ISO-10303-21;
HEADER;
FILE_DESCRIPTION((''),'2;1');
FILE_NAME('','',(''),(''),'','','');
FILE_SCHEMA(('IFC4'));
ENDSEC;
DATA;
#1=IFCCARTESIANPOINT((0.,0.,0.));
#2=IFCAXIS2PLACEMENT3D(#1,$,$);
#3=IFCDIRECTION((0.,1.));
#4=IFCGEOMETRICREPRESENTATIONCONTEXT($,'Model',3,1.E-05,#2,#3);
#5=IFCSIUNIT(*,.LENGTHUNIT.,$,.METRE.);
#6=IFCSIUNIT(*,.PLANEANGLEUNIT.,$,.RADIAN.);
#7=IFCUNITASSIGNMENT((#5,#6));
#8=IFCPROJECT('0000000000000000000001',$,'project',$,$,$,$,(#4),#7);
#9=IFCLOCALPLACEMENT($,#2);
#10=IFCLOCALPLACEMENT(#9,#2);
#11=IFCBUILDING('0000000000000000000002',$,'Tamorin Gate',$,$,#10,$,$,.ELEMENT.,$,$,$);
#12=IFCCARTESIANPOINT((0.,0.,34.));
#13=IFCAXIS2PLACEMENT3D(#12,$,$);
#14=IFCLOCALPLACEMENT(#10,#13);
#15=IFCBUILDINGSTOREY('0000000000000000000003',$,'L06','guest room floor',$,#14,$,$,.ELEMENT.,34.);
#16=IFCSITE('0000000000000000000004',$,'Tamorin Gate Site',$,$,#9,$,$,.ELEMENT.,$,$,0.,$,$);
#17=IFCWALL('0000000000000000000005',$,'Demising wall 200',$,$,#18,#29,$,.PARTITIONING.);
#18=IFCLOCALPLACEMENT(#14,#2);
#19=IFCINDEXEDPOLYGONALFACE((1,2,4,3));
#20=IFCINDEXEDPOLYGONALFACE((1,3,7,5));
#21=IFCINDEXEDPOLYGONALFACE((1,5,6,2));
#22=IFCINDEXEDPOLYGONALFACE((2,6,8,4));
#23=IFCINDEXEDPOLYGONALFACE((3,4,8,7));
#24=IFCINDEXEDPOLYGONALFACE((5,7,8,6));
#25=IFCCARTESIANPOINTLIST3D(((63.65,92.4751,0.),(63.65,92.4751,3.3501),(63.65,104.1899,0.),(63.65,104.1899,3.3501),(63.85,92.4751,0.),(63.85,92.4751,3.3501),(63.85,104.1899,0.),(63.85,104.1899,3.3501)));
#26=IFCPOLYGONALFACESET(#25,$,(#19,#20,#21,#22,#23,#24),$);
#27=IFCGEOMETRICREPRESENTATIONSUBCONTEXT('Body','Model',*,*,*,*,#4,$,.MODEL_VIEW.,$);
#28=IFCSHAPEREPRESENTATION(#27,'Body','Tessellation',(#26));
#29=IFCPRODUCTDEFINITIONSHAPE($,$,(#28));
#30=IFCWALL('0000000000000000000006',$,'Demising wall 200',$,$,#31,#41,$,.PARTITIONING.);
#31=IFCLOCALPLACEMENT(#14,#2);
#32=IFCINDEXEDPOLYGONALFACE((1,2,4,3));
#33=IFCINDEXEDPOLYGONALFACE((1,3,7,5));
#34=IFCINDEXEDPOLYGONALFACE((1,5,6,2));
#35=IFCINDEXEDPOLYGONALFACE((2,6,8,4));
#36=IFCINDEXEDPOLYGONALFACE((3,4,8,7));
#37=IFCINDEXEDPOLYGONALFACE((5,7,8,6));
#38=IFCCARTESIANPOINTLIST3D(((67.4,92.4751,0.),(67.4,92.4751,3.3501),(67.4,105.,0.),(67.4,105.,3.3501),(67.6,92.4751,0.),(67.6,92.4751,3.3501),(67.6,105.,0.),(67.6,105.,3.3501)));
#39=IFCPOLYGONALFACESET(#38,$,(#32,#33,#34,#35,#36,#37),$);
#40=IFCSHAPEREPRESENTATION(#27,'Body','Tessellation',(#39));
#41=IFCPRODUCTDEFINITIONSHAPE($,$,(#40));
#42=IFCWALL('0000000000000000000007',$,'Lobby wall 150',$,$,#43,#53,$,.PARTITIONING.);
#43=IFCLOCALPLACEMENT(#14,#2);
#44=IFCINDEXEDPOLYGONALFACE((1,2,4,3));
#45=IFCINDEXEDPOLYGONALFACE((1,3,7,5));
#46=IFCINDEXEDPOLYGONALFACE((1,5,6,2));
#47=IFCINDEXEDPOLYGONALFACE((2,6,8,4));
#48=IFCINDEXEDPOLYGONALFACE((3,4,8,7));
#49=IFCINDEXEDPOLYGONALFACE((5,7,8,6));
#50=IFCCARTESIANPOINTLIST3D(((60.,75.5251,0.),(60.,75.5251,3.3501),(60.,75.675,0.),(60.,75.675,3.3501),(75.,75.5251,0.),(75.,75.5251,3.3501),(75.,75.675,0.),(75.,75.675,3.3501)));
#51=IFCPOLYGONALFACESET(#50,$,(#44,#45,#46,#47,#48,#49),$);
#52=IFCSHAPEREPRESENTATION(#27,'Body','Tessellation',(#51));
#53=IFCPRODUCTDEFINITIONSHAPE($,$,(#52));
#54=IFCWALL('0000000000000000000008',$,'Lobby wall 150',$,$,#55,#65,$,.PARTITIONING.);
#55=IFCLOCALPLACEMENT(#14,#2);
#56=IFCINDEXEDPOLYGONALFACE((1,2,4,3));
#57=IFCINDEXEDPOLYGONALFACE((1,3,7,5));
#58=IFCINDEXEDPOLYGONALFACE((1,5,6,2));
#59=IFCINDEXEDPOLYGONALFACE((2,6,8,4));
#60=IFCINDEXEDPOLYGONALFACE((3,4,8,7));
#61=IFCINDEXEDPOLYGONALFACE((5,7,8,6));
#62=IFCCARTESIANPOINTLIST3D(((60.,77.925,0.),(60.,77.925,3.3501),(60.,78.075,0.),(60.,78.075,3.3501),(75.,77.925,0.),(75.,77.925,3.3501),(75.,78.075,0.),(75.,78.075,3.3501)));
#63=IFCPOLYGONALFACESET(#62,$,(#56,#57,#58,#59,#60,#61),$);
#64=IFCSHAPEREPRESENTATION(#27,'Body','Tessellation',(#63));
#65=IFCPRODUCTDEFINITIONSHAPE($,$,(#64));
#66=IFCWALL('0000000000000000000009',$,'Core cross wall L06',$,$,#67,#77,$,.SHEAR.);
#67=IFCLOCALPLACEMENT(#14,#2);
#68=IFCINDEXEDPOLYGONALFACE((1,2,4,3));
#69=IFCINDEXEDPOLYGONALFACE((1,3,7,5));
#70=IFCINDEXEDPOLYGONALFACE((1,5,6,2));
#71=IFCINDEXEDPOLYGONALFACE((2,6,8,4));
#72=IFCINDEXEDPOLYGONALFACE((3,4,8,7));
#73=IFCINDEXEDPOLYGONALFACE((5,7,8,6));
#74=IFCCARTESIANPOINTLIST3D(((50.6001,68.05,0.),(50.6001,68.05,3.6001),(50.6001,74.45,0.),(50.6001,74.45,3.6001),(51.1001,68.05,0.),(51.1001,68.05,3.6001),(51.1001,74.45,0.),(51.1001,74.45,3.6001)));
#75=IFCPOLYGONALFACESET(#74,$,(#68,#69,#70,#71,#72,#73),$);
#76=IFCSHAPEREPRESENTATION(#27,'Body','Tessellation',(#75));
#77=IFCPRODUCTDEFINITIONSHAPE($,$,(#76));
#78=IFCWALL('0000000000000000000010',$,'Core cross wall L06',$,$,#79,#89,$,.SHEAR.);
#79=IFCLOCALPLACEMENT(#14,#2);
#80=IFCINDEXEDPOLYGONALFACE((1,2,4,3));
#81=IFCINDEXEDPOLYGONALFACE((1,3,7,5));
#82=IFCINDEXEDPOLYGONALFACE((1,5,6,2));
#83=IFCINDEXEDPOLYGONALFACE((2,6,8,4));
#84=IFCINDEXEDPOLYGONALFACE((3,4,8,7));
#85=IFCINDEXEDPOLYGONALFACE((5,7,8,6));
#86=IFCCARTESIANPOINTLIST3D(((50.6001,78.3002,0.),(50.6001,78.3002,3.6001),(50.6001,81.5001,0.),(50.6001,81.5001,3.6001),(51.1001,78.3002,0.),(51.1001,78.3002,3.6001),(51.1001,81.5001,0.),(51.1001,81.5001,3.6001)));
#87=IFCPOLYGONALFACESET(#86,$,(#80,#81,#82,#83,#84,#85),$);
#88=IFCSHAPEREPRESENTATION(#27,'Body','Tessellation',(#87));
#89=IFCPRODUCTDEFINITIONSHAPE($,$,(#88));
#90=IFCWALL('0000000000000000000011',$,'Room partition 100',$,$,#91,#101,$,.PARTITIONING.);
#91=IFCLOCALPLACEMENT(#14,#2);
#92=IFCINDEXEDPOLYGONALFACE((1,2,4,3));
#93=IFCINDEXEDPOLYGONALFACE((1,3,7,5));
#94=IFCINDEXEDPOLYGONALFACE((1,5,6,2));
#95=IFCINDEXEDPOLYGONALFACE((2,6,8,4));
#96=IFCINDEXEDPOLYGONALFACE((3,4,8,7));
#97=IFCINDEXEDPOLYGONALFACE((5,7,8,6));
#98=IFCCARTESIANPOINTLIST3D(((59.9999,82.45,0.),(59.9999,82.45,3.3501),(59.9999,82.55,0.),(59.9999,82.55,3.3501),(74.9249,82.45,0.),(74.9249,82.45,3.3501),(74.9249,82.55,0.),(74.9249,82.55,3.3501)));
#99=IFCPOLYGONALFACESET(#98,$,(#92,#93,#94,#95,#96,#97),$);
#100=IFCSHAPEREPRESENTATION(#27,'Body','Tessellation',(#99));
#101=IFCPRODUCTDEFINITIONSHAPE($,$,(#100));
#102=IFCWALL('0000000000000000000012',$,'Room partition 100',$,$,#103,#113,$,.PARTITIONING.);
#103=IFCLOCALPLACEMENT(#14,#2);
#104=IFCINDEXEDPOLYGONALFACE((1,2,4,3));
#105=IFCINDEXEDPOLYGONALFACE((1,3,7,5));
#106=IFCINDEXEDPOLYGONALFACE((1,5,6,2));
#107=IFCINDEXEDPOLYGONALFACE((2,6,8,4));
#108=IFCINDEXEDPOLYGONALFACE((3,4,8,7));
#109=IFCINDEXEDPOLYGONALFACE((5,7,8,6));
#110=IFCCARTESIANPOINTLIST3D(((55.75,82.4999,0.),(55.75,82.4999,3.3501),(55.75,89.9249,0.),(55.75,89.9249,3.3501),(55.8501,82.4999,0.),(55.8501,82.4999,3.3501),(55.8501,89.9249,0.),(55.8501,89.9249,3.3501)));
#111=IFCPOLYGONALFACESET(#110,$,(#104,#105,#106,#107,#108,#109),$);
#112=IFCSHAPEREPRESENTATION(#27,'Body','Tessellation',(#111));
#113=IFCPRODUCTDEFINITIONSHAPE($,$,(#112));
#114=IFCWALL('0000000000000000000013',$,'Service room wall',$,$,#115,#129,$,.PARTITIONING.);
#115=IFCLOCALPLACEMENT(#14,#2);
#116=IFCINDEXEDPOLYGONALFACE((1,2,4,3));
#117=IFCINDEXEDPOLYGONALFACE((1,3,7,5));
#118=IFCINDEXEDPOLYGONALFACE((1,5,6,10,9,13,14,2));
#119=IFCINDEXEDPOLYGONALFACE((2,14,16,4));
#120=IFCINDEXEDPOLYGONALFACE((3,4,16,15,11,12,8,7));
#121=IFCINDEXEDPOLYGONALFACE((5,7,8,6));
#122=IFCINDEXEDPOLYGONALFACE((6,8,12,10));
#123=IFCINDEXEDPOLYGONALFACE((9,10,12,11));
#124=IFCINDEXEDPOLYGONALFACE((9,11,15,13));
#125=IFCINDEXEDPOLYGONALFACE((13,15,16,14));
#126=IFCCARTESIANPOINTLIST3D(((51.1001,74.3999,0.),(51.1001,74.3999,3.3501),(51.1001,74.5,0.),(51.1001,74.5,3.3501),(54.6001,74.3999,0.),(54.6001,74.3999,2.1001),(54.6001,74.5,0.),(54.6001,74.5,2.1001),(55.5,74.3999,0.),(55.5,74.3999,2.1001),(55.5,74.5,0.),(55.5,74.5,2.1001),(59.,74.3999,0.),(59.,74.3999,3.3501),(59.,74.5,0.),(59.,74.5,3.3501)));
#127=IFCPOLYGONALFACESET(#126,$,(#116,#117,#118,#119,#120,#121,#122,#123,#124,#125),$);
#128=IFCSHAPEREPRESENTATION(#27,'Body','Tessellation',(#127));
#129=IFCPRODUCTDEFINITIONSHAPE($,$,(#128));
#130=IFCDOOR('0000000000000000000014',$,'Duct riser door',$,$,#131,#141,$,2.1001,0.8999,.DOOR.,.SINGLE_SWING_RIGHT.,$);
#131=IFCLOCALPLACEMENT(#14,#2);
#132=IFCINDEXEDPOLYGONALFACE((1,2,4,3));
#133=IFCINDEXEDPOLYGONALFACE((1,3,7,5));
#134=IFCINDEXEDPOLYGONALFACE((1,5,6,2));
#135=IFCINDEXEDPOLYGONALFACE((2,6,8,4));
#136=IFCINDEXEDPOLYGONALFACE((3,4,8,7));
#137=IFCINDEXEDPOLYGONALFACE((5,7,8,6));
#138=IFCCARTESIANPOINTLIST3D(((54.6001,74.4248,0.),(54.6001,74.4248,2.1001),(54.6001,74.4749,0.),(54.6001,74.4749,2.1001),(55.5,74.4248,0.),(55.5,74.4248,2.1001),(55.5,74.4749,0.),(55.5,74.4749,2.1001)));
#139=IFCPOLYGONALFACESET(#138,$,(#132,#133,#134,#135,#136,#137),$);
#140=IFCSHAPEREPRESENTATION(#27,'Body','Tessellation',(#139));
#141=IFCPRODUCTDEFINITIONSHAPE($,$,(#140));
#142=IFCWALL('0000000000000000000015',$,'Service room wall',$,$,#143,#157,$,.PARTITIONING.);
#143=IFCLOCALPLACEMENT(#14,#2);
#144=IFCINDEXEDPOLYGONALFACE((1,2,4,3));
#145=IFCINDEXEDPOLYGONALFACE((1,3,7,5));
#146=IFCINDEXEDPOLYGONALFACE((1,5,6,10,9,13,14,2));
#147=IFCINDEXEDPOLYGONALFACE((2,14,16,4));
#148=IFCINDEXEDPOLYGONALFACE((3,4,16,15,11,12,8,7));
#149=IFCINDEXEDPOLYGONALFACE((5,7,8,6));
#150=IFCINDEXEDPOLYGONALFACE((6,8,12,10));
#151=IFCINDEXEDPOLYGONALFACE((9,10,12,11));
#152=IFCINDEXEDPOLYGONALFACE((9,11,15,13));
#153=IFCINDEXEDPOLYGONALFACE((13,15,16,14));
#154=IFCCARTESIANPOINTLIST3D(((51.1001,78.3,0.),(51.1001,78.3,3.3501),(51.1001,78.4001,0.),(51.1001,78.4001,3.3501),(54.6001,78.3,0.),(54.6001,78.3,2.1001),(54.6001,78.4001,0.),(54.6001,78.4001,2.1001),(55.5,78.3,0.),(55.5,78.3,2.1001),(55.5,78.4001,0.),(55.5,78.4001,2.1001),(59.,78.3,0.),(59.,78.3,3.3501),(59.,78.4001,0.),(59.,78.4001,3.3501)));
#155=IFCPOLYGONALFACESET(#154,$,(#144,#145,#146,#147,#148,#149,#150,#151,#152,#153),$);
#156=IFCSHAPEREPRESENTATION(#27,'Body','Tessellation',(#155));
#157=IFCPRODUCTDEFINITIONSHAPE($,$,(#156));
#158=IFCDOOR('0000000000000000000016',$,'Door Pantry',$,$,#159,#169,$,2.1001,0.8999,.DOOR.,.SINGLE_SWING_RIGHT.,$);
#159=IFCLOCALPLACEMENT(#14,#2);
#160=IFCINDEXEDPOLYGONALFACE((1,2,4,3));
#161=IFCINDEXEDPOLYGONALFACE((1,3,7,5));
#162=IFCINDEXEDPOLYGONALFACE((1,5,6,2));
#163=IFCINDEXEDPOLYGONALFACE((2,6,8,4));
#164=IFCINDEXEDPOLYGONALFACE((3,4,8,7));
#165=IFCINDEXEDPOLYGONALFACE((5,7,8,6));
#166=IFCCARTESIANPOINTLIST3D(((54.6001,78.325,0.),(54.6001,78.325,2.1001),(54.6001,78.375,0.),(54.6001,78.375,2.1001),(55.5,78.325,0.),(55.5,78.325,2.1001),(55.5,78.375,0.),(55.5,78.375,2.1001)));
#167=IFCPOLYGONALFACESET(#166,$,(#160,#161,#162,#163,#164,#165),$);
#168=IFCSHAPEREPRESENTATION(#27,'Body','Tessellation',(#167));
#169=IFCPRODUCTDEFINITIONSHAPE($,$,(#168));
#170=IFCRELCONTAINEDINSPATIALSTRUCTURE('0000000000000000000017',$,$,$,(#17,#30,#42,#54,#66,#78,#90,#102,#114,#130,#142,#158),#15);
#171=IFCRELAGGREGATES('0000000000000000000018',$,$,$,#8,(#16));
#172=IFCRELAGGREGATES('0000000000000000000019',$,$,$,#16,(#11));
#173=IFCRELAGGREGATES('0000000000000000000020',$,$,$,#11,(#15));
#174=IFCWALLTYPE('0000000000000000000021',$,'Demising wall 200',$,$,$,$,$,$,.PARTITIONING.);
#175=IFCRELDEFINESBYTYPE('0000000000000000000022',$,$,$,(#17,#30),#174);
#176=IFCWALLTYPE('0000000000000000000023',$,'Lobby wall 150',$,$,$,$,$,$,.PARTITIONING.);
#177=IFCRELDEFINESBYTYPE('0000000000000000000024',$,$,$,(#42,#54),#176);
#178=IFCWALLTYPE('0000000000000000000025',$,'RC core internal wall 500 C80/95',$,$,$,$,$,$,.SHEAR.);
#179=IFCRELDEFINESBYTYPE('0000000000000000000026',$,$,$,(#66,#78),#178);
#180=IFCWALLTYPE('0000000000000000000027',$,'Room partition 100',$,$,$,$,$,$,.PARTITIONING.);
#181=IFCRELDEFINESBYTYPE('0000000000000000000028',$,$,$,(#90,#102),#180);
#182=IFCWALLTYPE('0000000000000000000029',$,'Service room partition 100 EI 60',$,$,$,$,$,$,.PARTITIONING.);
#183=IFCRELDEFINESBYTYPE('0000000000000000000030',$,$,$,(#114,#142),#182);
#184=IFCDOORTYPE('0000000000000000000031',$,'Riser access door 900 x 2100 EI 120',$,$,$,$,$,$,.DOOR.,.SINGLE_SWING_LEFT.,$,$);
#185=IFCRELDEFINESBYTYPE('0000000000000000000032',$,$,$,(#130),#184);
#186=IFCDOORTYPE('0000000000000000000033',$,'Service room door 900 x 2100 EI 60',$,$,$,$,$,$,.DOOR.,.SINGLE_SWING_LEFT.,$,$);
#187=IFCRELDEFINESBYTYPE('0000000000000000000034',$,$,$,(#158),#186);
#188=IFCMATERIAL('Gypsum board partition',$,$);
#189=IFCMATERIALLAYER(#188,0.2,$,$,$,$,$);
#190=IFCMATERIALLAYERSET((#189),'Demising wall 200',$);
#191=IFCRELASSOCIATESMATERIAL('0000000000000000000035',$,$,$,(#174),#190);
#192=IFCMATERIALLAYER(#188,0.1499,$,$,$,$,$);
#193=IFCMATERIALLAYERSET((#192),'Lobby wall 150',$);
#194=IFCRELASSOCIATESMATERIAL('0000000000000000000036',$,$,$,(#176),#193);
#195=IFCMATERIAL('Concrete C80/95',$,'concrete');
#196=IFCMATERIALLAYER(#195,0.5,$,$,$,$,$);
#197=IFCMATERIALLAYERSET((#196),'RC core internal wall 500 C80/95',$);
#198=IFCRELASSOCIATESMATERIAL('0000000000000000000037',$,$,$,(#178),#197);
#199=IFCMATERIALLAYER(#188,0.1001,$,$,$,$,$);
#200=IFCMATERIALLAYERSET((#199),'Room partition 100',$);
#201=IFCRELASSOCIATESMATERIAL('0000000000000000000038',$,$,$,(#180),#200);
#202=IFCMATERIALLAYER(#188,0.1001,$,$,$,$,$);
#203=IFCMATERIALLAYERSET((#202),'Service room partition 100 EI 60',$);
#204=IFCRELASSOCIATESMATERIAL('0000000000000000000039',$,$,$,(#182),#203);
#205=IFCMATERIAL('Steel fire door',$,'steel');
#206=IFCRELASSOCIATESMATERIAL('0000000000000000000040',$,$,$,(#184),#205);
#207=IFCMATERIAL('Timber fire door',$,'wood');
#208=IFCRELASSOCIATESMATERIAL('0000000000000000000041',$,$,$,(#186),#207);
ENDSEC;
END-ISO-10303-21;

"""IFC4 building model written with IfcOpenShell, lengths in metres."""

from ifc_helpers import new_model, si_unit, direction, frame, frame_2d, origin, place, context, subcontext, project, spatial, rectangle, extrude, material, layer, layer_set, type_object, element, fill, save


model = new_model("IFC4")

# Units and contexts
model_context = context("Model", 3, precision=1e-05, world=origin(), true_north=direction((0.0, 1.0)))
body_context = subcontext(model_context, "Body", "Model", "MODEL_VIEW")
ifc_project = project(units=[si_unit("LENGTHUNIT", "METRE"), si_unit("PLANEANGLEUNIT", "RADIAN")], contexts=[model_context])

# Site, building, storey
site_placement = place(None, origin())
site = spatial("IfcSite", under=ifc_project, at=site_placement, Name="Tamorin Gate Site", CompositionType="ELEMENT", RefElevation=0.0)
building_placement = place(site_placement, origin())
building = spatial("IfcBuilding", under=site, at=building_placement, Name="Tamorin Gate", CompositionType="ELEMENT")
storey_placement = place(building_placement, frame((0.0, 0.0, 34.0)))
storey = spatial("IfcBuildingStorey", under=building, at=storey_placement, Name="L06", Description="guest room floor", CompositionType="ELEMENT", Elevation=34.0)

# Shared definitions
ifc_material_1 = material(Name="Concrete C80/95", Category="concrete")

# Shared definitions
ifc_material_2 = material(Name="Gypsum board partition")

# Walls
ifc_layer_1 = layer(ifc_material_2, 0.2)
ifc_layer_set_1 = layer_set([ifc_layer_1], Name="Demising wall 200")
wall_type_1 = type_object("IfcWallType", Name="Demising wall 200", PredefinedType="PARTITIONING", material=ifc_layer_set_1)
for number, where, z_axis, x_axis, name in (
    (1, (63.75, 92.4751, 0.0), (0.0, 0.0, 1.0), (0.0, 1.0, 0.0), "Demising wall 200"),
):
    element("IfcWall", number, at=place(storey_placement, frame(where, z_axis=z_axis, x_axis=x_axis)), inside=storey, type_object=wall_type_1, Name=name, PredefinedType="PARTITIONING", context=body_context, shape_type="SweptSolid", body=[
        extrude(rectangle(XDim=11.7148, YDim=0.2, at=frame_2d((5.8574, 0.0))), origin(), (0.0, 0.0, 1.0), 3.3501),
    ])
wall_1_placement = place(storey_placement, frame((67.5, 92.4751, 0.0), z_axis=(0.0, 0.0, 1.0), x_axis=(0.0, 1.0, 0.0)))
element("IfcWall", 2, at=wall_1_placement, inside=storey, type_object=wall_type_1, Name="Demising wall 200", PredefinedType="PARTITIONING", context=body_context, shape_type="SweptSolid", body=[
    extrude(rectangle(XDim=12.5249, YDim=0.2, at=frame_2d((6.2625, 0.0))), origin(), (0.0, 0.0, 1.0), 3.3501),
])
ifc_layer_2 = layer(ifc_material_2, 0.1499)
ifc_layer_set_2 = layer_set([ifc_layer_2], Name="Lobby wall 150")
wall_type_2 = type_object("IfcWallType", Name="Lobby wall 150", PredefinedType="PARTITIONING", material=ifc_layer_set_2)
for number, where, z_axis, x_axis, name in (
    (3, (60.0, 75.6001, 0.0), (0.0, 0.0, 1.0), (1.0, 0.0, 0.0), "Lobby wall 150"),
    (4, (60.0, 78.0, 0.0), (0.0, 0.0, 1.0), (1.0, 0.0, 0.0), "Lobby wall 150"),
):
    element("IfcWall", number, at=place(storey_placement, frame(where, z_axis=z_axis, x_axis=x_axis)), inside=storey, type_object=wall_type_2, Name=name, PredefinedType="PARTITIONING", context=body_context, shape_type="SweptSolid", body=[
        extrude(rectangle(XDim=15.0, YDim=0.1499, at=frame_2d((7.5, 0.0))), origin(), (0.0, 0.0, 1.0), 3.3501),
    ])
ifc_layer_3 = layer(ifc_material_1, 0.5)
ifc_layer_set_3 = layer_set([ifc_layer_3], Name="RC core internal wall 500 C80/95")
wall_type_3 = type_object("IfcWallType", Name="RC core internal wall 500 C80/95", PredefinedType="SHEAR", material=ifc_layer_set_3)
wall_2_placement = place(storey_placement, frame((50.8501, 68.05, 0.0), z_axis=(0.0, 0.0, 1.0), x_axis=(0.0, 1.0, 0.0)))
element("IfcWall", 5, at=wall_2_placement, inside=storey, type_object=wall_type_3, Name="Core cross wall L06", PredefinedType="SHEAR", context=body_context, shape_type="SweptSolid", body=[
    extrude(rectangle(XDim=6.3999, YDim=0.5, at=frame_2d((3.2, 0.0))), origin(), (0.0, 0.0, 1.0), 3.6001),
])
wall_3_placement = place(storey_placement, frame((50.8501, 78.3, 0.0), z_axis=(0.0, 0.0, 1.0), x_axis=(0.0, 1.0, 0.0)))
element("IfcWall", 6, at=wall_3_placement, inside=storey, type_object=wall_type_3, Name="Core cross wall L06", PredefinedType="SHEAR", context=body_context, shape_type="SweptSolid", body=[
    extrude(rectangle(XDim=3.2, YDim=0.5, at=frame_2d((1.6001, 0.0))), origin(), (0.0, 0.0, 1.0), 3.6001),
])
ifc_layer_4 = layer(ifc_material_2, 0.1001)
ifc_layer_set_4 = layer_set([ifc_layer_4], Name="Room partition 100")
wall_type_4 = type_object("IfcWallType", Name="Room partition 100", PredefinedType="PARTITIONING", material=ifc_layer_set_4)
wall_4_placement = place(storey_placement, frame((60.0, 82.5, 0.0), z_axis=(0.0, 0.0, 1.0), x_axis=(1.0, 0.0, 0.0)))
element("IfcWall", 7, at=wall_4_placement, inside=storey, type_object=wall_type_4, Name="Room partition 100", PredefinedType="PARTITIONING", context=body_context, shape_type="SweptSolid", body=[
    extrude(rectangle(XDim=14.925, YDim=0.1001, at=frame_2d((7.4624, 0.0))), origin(), (0.0, 0.0, 1.0), 3.3501),
])
wall_5_placement = place(storey_placement, frame((55.8, 82.5, 0.0), z_axis=(0.0, 0.0, 1.0), x_axis=(0.0, 1.0, 0.0)))
element("IfcWall", 8, at=wall_5_placement, inside=storey, type_object=wall_type_4, Name="Room partition 100", PredefinedType="PARTITIONING", context=body_context, shape_type="SweptSolid", body=[
    extrude(rectangle(XDim=7.425, YDim=0.1001, at=frame_2d((3.7124, 0.0))), origin(), (0.0, 0.0, 1.0), 3.3501),
])

# Walls, openings, doors
ifc_layer_5 = layer(ifc_material_2, 0.1001)
ifc_layer_set_5 = layer_set([ifc_layer_5], Name="Service room partition 100 EI 60")
wall_type_5 = type_object("IfcWallType", Name="Service room partition 100 EI 60", PredefinedType="PARTITIONING", material=ifc_layer_set_5)
wall_6_placement = place(storey_placement, frame((51.1001, 74.45, 0.0), z_axis=(0.0, 0.0, 1.0), x_axis=(1.0, 0.0, 0.0)))
wall_6 = element("IfcWall", 9, at=wall_6_placement, inside=storey, type_object=wall_type_5, Name="Service room wall", PredefinedType="PARTITIONING", context=body_context, shape_type="SweptSolid", body=[
    extrude(rectangle(XDim=7.8999, YDim=0.1001, at=frame_2d((3.95, 0.0))), origin(), (0.0, 0.0, 1.0), 3.3501),
])
opening_1_placement = place(wall_6_placement, frame((3.5, 0.0, 0.0)))
opening_1 = element("IfcOpeningElement", 10, at=opening_1_placement, cuts=wall_6, PredefinedType="OPENING", context=body_context, shape_type="SweptSolid", body=[
    extrude(rectangle(XDim=0.8999, YDim=2.1001, at=frame_2d((0.45, 1.05))), frame((0.0, 0.0601, 0.0), z_axis=(0.0, -1.0, 0.0), x_axis=(1.0, 0.0, 0.0)), (0.0, 0.0, 1.0), 0.1201),
])
ifc_material_3 = material(Name="Steel fire door", Category="steel")
door_type_1 = type_object("IfcDoorType", Name="Riser access door 900 x 2100 EI 120", OperationType="SINGLE_SWING_LEFT", PredefinedType="DOOR", material=ifc_material_3)
door_1_placement = place(opening_1_placement, origin())
door_1 = element("IfcDoor", 11, at=door_1_placement, inside=storey, type_object=door_type_1, Name="Duct riser door", OperationType="SINGLE_SWING_RIGHT", OverallHeight=2.1001, OverallWidth=0.8999, PredefinedType="DOOR", context=body_context, shape_type="SweptSolid", body=[
    extrude(rectangle(XDim=0.8999, YDim=2.1001, at=frame_2d((0.45, 1.05))), frame((0.0, 0.0249, 0.0), z_axis=(0.0, -1.0, 0.0), x_axis=(1.0, 0.0, 0.0)), (0.0, 0.0, 1.0), 0.05),
])
fill(opening_1, door_1)
wall_7_placement = place(storey_placement, frame((51.1001, 78.3501, 0.0), z_axis=(0.0, 0.0, 1.0), x_axis=(1.0, 0.0, 0.0)))
wall_7 = element("IfcWall", 12, at=wall_7_placement, inside=storey, type_object=wall_type_5, Name="Service room wall", PredefinedType="PARTITIONING", context=body_context, shape_type="SweptSolid", body=[
    extrude(rectangle(XDim=7.8999, YDim=0.1001, at=frame_2d((3.95, 0.0))), origin(), (0.0, 0.0, 1.0), 3.3501),
])
opening_2_placement = place(wall_7_placement, frame((3.5, 0.0, 0.0)))
opening_2 = element("IfcOpeningElement", 13, at=opening_2_placement, cuts=wall_7, PredefinedType="OPENING", context=body_context, shape_type="SweptSolid", body=[
    extrude(rectangle(XDim=0.8999, YDim=2.1001, at=frame_2d((0.45, 1.05))), frame((0.0, 0.0601, 0.0), z_axis=(0.0, -1.0, 0.0), x_axis=(1.0, 0.0, 0.0)), (0.0, 0.0, 1.0), 0.1201),
])
ifc_material_4 = material(Name="Timber fire door", Category="wood")
door_type_2 = type_object("IfcDoorType", Name="Service room door 900 x 2100 EI 60", OperationType="SINGLE_SWING_LEFT", PredefinedType="DOOR", material=ifc_material_4)
door_2_placement = place(opening_2_placement, origin())
door_2 = element("IfcDoor", 14, at=door_2_placement, inside=storey, type_object=door_type_2, Name="Door Pantry", OperationType="SINGLE_SWING_RIGHT", OverallHeight=2.1001, OverallWidth=0.8999, PredefinedType="DOOR", context=body_context, shape_type="SweptSolid", body=[
    extrude(rectangle(XDim=0.8999, YDim=2.1001, at=frame_2d((0.45, 1.05))), frame((0.0, 0.0249, 0.0), z_axis=(0.0, -1.0, 0.0), x_axis=(1.0, 0.0, 0.0)), (0.0, 0.0, 1.0), 0.05),
])
fill(opening_2, door_2)

save(model, "model.ifc")
